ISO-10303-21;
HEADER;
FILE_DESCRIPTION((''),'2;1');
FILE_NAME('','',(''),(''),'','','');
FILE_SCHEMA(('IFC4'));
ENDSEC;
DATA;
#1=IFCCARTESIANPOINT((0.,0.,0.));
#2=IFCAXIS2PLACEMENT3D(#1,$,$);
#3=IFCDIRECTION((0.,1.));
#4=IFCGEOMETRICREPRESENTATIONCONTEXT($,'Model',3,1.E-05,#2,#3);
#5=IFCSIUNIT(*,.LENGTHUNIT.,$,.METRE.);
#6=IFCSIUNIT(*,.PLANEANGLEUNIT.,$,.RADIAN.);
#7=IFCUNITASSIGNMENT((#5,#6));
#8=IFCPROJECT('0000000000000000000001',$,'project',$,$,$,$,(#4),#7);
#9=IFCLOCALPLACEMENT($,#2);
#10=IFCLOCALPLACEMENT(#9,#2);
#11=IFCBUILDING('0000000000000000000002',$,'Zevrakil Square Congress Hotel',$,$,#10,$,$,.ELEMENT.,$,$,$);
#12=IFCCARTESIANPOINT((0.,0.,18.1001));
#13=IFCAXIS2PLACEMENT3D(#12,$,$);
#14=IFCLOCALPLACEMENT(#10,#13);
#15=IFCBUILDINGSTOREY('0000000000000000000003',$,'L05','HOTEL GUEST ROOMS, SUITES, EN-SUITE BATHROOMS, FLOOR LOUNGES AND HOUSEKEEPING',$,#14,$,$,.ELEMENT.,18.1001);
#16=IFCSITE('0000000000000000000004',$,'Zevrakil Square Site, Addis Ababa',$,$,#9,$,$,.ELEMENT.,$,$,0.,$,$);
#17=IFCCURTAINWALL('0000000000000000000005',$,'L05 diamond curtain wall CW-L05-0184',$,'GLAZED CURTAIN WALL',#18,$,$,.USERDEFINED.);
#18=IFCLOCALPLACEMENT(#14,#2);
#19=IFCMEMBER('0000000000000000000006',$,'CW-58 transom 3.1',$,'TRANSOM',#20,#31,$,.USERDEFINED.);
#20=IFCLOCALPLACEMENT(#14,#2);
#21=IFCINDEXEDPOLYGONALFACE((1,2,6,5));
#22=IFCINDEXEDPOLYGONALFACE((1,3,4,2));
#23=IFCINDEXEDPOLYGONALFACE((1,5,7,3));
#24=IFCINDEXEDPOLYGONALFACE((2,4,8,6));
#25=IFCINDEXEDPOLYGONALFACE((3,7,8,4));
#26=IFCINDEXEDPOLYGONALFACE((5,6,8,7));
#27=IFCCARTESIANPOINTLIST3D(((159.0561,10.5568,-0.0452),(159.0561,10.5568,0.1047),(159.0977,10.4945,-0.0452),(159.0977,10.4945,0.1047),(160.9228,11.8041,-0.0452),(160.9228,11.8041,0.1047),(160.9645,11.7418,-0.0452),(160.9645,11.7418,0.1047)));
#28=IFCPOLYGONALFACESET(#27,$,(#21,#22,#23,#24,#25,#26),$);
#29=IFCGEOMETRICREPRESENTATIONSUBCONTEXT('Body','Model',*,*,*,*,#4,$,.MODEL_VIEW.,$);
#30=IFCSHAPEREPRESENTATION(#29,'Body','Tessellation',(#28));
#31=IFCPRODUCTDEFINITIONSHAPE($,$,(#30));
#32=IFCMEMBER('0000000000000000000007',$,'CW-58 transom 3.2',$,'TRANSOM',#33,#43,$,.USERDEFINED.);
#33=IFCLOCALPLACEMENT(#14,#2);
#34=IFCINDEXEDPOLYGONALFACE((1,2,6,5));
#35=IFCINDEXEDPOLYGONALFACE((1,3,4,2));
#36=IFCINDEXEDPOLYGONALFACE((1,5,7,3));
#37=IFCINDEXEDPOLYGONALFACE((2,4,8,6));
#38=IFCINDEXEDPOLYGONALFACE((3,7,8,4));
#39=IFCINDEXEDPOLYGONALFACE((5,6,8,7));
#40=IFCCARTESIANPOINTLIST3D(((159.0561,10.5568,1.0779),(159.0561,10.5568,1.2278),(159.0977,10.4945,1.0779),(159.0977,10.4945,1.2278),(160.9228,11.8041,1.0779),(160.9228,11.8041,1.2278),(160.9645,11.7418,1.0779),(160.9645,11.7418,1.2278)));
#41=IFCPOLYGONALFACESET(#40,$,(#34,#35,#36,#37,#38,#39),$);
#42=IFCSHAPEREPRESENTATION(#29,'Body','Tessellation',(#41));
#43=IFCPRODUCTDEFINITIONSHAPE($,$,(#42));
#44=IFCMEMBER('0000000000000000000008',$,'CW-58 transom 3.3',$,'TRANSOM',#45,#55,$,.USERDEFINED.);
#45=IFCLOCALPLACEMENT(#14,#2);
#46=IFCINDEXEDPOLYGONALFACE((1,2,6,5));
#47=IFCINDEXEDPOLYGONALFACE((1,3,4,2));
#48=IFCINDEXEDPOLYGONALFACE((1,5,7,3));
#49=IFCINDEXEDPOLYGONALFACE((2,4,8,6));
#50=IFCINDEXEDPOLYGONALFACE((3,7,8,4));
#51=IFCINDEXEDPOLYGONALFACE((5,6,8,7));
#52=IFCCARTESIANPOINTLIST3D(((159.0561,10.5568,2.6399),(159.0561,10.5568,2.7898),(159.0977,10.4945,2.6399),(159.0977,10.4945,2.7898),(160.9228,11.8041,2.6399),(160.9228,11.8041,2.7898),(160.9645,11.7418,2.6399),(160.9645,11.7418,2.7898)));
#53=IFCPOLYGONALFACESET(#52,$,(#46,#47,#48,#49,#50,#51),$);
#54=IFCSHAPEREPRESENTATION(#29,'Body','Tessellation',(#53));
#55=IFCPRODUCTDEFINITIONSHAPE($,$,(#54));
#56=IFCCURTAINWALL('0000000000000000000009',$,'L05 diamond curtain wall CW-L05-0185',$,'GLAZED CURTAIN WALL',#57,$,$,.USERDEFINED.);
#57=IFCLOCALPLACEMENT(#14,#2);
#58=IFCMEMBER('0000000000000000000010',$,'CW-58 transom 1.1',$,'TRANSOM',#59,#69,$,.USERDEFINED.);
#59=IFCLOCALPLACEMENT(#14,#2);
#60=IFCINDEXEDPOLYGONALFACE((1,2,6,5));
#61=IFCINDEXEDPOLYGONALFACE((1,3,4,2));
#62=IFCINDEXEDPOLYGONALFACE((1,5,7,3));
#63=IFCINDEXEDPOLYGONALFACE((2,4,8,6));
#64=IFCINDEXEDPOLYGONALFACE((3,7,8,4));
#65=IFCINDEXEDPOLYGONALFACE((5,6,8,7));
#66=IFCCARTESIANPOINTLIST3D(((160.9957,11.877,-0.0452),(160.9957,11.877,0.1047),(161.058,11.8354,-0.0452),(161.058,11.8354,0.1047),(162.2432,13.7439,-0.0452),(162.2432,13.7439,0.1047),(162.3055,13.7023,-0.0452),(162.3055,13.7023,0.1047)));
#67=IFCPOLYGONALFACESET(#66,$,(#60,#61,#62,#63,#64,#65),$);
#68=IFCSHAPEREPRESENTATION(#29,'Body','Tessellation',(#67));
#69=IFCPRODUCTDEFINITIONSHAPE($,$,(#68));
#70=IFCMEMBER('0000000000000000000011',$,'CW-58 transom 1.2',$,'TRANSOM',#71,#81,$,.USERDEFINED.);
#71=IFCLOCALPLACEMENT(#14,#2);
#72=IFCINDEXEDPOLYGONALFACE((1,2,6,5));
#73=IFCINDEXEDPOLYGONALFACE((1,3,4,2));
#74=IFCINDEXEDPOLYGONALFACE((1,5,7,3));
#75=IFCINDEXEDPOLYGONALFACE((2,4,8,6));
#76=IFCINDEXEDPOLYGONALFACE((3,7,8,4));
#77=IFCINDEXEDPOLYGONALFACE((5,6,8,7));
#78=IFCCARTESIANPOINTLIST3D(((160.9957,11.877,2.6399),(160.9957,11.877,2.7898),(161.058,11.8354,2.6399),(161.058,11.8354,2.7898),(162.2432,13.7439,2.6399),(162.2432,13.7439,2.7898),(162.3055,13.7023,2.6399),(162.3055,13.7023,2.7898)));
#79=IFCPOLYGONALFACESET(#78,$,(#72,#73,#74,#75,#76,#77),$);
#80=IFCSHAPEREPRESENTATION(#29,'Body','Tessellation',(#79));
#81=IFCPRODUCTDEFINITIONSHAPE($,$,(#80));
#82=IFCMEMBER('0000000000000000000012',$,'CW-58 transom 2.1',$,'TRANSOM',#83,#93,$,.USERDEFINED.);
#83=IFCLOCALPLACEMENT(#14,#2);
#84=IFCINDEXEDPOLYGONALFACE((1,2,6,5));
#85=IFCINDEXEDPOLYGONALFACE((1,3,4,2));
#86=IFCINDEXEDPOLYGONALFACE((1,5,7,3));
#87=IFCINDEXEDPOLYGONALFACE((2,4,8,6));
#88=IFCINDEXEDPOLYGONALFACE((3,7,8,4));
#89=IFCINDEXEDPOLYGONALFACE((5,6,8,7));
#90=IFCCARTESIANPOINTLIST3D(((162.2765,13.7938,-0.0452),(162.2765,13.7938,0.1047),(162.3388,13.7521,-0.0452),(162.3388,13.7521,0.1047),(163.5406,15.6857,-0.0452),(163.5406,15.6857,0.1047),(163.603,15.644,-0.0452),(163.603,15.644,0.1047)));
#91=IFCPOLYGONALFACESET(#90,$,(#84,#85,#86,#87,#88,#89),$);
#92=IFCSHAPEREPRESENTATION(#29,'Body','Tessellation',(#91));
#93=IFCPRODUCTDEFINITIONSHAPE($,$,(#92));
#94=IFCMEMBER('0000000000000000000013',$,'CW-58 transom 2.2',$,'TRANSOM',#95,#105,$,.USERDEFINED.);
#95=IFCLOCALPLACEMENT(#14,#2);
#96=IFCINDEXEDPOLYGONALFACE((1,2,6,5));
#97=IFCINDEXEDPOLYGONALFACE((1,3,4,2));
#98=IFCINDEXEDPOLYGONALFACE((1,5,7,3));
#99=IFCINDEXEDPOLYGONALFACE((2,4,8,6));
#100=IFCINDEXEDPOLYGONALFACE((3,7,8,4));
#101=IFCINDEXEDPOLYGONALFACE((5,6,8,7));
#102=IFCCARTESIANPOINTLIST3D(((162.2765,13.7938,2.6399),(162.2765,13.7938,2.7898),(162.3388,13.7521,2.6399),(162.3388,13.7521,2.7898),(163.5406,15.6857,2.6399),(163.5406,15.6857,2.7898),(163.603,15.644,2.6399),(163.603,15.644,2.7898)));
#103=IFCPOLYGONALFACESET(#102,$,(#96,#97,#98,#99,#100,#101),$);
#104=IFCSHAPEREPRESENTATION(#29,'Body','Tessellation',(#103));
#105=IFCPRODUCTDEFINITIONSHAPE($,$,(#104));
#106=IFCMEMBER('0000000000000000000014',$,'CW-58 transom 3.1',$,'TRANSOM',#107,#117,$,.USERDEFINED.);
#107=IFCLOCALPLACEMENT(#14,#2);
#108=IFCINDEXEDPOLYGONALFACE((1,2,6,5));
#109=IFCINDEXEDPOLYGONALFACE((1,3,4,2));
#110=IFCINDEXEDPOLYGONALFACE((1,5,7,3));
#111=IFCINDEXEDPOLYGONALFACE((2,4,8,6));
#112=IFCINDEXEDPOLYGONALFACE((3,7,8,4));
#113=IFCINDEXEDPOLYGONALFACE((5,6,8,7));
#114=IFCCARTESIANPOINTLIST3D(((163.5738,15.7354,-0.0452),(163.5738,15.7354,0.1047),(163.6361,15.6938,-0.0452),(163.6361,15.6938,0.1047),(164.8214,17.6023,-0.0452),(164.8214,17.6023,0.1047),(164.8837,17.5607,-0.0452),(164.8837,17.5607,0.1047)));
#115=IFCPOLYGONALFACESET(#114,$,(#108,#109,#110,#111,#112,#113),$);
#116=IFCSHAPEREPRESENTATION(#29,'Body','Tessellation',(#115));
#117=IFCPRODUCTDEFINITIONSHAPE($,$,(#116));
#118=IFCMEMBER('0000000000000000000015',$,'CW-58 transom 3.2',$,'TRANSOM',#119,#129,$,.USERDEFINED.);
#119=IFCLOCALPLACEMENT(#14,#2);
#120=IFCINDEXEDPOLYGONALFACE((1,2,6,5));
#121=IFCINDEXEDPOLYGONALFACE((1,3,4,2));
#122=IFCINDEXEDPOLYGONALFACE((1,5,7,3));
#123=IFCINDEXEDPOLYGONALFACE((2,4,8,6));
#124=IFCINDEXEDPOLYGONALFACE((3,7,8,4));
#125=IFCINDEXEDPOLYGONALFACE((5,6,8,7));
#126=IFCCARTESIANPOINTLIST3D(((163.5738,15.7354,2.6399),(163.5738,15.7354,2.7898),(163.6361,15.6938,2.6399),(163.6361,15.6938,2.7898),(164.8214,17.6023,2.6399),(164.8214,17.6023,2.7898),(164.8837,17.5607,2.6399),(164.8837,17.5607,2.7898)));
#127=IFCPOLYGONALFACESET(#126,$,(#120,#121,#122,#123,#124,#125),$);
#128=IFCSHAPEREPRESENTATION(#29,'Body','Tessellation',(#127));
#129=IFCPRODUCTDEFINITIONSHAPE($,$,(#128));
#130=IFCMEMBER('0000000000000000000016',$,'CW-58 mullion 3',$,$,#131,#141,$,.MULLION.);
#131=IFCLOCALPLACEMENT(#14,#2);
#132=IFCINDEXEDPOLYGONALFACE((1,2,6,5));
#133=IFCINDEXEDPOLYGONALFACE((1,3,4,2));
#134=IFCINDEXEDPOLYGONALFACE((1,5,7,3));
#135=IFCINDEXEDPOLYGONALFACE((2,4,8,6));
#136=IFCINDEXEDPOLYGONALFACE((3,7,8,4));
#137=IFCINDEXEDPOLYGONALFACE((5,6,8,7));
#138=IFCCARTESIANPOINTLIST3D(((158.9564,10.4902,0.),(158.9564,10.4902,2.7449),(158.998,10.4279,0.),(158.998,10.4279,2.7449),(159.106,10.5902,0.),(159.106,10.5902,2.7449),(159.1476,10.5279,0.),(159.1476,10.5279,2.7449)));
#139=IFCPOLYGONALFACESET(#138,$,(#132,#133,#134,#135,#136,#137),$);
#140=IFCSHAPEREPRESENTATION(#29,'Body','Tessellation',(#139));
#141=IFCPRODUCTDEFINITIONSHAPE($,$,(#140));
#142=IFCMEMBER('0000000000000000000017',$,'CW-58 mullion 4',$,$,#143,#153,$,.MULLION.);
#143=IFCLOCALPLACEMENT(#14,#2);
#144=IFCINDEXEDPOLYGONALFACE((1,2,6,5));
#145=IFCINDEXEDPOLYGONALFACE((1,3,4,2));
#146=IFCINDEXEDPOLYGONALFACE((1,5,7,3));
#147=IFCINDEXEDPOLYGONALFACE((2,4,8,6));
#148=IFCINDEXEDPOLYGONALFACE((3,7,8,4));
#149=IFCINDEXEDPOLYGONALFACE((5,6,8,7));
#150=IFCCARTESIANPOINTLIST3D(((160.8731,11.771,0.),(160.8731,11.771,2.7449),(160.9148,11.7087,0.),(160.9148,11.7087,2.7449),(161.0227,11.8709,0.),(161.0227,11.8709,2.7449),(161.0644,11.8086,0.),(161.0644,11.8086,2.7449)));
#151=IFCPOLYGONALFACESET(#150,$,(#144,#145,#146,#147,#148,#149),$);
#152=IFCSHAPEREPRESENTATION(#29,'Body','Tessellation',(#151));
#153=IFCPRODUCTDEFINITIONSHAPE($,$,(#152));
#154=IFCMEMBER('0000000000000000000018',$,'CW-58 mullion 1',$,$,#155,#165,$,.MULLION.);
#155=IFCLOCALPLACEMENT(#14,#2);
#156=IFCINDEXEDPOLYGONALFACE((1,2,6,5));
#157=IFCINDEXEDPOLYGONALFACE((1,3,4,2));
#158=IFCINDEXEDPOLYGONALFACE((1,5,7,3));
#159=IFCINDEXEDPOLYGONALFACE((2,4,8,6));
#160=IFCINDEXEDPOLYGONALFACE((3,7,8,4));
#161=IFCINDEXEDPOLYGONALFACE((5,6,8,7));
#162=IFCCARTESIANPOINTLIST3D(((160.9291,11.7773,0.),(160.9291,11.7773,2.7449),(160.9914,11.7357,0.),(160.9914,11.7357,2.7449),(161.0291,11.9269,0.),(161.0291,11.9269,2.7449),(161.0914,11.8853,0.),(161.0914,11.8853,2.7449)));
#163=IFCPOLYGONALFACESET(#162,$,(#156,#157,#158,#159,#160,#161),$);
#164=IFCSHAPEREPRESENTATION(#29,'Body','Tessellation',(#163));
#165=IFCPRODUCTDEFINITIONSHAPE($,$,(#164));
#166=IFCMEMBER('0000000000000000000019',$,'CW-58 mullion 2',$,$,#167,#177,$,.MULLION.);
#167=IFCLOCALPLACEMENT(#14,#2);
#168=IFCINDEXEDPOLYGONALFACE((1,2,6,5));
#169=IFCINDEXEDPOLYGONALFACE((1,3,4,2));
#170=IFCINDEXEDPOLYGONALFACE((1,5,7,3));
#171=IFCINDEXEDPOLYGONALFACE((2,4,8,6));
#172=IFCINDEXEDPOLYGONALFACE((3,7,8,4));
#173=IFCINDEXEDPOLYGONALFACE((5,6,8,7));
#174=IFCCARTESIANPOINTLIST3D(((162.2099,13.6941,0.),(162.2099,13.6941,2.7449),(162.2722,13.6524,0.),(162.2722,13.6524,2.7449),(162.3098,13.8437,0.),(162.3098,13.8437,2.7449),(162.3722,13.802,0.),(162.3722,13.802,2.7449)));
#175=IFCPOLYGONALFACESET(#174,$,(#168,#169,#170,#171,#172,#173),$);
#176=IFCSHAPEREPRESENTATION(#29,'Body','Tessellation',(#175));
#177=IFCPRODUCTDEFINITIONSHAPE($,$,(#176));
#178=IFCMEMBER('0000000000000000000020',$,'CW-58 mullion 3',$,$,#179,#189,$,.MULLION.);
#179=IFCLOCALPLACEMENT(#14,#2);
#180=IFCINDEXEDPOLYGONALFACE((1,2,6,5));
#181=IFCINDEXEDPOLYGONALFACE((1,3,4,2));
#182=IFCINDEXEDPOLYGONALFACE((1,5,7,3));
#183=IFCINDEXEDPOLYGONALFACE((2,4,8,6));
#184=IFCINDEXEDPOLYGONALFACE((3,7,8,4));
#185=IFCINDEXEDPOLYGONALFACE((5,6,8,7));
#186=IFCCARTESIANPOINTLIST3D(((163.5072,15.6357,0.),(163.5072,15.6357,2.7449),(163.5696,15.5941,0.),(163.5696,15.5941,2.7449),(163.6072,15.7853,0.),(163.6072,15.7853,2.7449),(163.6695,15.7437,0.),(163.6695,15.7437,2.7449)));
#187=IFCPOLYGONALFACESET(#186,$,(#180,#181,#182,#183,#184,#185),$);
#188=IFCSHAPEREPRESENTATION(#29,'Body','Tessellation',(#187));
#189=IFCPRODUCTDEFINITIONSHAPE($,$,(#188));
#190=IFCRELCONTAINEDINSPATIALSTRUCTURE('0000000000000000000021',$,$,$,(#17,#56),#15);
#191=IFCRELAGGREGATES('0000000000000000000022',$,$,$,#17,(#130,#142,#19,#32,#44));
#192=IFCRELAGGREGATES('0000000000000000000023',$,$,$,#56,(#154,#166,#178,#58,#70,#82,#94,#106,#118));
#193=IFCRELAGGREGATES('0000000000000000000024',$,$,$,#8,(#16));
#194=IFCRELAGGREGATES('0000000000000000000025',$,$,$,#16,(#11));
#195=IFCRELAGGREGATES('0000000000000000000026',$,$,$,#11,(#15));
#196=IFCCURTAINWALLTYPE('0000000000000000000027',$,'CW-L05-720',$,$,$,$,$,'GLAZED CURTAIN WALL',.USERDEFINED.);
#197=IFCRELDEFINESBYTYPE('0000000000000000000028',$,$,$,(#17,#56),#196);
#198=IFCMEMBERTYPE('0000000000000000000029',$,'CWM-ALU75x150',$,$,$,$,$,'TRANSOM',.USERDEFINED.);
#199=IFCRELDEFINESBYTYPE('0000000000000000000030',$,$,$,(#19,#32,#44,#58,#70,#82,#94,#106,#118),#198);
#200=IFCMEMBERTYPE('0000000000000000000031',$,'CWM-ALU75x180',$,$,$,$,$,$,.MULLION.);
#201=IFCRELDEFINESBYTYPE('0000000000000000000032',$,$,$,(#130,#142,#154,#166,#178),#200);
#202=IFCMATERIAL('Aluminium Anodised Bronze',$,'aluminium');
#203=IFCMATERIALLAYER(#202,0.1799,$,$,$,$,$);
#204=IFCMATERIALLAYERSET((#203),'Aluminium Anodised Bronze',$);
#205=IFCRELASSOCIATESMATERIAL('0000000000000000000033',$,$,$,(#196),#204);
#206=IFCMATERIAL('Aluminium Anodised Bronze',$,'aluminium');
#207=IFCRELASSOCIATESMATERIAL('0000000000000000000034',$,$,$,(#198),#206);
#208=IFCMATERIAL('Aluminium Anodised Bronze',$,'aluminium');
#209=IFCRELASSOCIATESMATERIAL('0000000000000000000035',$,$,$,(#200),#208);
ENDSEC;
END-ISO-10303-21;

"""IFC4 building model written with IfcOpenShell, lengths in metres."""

from ifc_helpers import new_model, si_unit, direction, frame, origin, origin_2d, place, context, subcontext, project, spatial, rectangle, extrude, material, layer, layer_set, material_profile, profile_set, type_object, element, aggregate, save


model = new_model("IFC4")

# Units and contexts
model_context = context("Model", 3, precision=1e-05, world=origin(), true_north=direction((0.0, 1.0)))
body_context = subcontext(model_context, "Body", "Model", "MODEL_VIEW")
ifc_project = project(units=[si_unit("LENGTHUNIT", "METRE"), si_unit("PLANEANGLEUNIT", "RADIAN")], contexts=[model_context])

# Site, building, storey
site_placement = place(None, origin())
site = spatial("IfcSite", under=ifc_project, at=site_placement, Name="Zevrakil Square Site, Addis Ababa", CompositionType="ELEMENT", RefElevation=0.0)
building_placement = place(site_placement, origin())
building = spatial("IfcBuilding", under=site, at=building_placement, Name="Zevrakil Square Congress Hotel", CompositionType="ELEMENT")
storey_placement = place(building_placement, frame((0.0, 0.0, 18.1001)))
storey = spatial("IfcBuildingStorey", under=building, at=storey_placement, Name="L05", Description="HOTEL GUEST ROOMS, SUITES, EN-SUITE BATHROOMS, FLOOR LOUNGES AND HOUSEKEEPING", CompositionType="ELEMENT", Elevation=18.1001)

# Curtain walls, members
ifc_material_1 = material(Name="Aluminium Anodised Bronze", Category="aluminium")
ifc_layer_1 = layer(ifc_material_1, 0.1799)
ifc_layer_set_1 = layer_set([ifc_layer_1], Name="Aluminium Anodised Bronze")
curtain_wall_type = type_object("IfcCurtainWallType", Name="CW-L05-720", ElementType="GLAZED CURTAIN WALL", PredefinedType="USERDEFINED", material=ifc_layer_set_1)
curtain_wall_1_placement = place(storey_placement, origin())
curtain_wall_1 = element("IfcCurtainWall", 1, at=curtain_wall_1_placement, inside=storey, type_object=curtain_wall_type, Name="L05 diamond curtain wall CW-L05-0184", ObjectType="GLAZED CURTAIN WALL", PredefinedType="USERDEFINED")
ifc_material_2 = material(Name="Aluminium Anodised Bronze", Category="aluminium")
ifc_material_profile_1 = material_profile(ifc_material_2, rectangle(XDim=0.075, YDim=0.1499, at=origin_2d()), Name="ALU 75x150")
ifc_profile_set_1 = profile_set([ifc_material_profile_1], Name="Aluminium Anodised Bronze")
member_type_1 = type_object("IfcMemberType", Name="CWM-ALU75x150", ElementType="TRANSOM", PredefinedType="USERDEFINED", material=ifc_profile_set_1)
member_1_placement = place(storey_placement, frame((159.0769, 10.5256, 0.0298), z_axis=(0.831464, 0.555578, 0.0), x_axis=(-0.555578, 0.831464, 0.0)))
member_1 = element("IfcMember", 2, at=member_1_placement, type_object=member_type_1, Name="CW-58 transom 3.1", ObjectType="TRANSOM", PredefinedType="USERDEFINED", context=body_context, shape_type="SweptSolid", body=[
    extrude(rectangle(XDim=0.075, YDim=0.1499, at=origin_2d()), origin(), (0.0, 0.0, 1.0), 2.2451),
])
member_2_placement = place(storey_placement, frame((159.0769, 10.5256, 1.1528), z_axis=(0.831464, 0.555578, 0.0), x_axis=(-0.555578, 0.831464, 0.0)))
member_2 = element("IfcMember", 3, at=member_2_placement, type_object=member_type_1, Name="CW-58 transom 3.2", ObjectType="TRANSOM", PredefinedType="USERDEFINED", context=body_context, shape_type="SweptSolid", body=[
    extrude(rectangle(XDim=0.075, YDim=0.1499, at=origin_2d()), origin(), (0.0, 0.0, 1.0), 2.2451),
])
member_3_placement = place(storey_placement, frame((159.0769, 10.5256, 2.7148), z_axis=(0.831464, 0.555578, 0.0), x_axis=(-0.555578, 0.831464, 0.0)))
member_3 = element("IfcMember", 4, at=member_3_placement, type_object=member_type_1, Name="CW-58 transom 3.3", ObjectType="TRANSOM", PredefinedType="USERDEFINED", context=body_context, shape_type="SweptSolid", body=[
    extrude(rectangle(XDim=0.075, YDim=0.1499, at=origin_2d()), origin(), (0.0, 0.0, 1.0), 2.2451),
])
curtain_wall_2_placement = place(storey_placement, origin())
curtain_wall_2 = element("IfcCurtainWall", 5, at=curtain_wall_2_placement, inside=storey, type_object=curtain_wall_type, Name="L05 diamond curtain wall CW-L05-0185", ObjectType="GLAZED CURTAIN WALL", PredefinedType="USERDEFINED")
member_4_placement = place(storey_placement, frame((161.0269, 11.8562, 0.0298), z_axis=(0.555603, 0.831448, 0.0), x_axis=(-0.831448, 0.555603, 0.0)))
member_4 = element("IfcMember", 6, at=member_4_placement, type_object=member_type_1, Name="CW-58 transom 1.1", ObjectType="TRANSOM", PredefinedType="USERDEFINED", context=body_context, shape_type="SweptSolid", body=[
    extrude(rectangle(XDim=0.075, YDim=0.1499, at=origin_2d()), origin(), (0.0, 0.0, 1.0), 2.2454),
])
member_5_placement = place(storey_placement, frame((161.0269, 11.8562, 2.7148), z_axis=(0.555603, 0.831448, 0.0), x_axis=(-0.831448, 0.555603, 0.0)))
member_5 = element("IfcMember", 7, at=member_5_placement, type_object=member_type_1, Name="CW-58 transom 1.2", ObjectType="TRANSOM", PredefinedType="USERDEFINED", context=body_context, shape_type="SweptSolid", body=[
    extrude(rectangle(XDim=0.075, YDim=0.1499, at=origin_2d()), origin(), (0.0, 0.0, 1.0), 2.2454),
])
member_6_placement = place(storey_placement, frame((162.3076, 13.7729, 0.0298), z_axis=(0.555591, 0.831456, 0.0), x_axis=(-0.831456, 0.555591, 0.0)))
member_6 = element("IfcMember", 8, at=member_6_placement, type_object=member_type_1, Name="CW-58 transom 2.1", ObjectType="TRANSOM", PredefinedType="USERDEFINED", context=body_context, shape_type="SweptSolid", body=[
    extrude(rectangle(XDim=0.075, YDim=0.1499, at=origin_2d()), origin(), (0.0, 0.0, 1.0), 2.2754),
])
member_7_placement = place(storey_placement, frame((162.3076, 13.7729, 2.7148), z_axis=(0.555591, 0.831456, 0.0), x_axis=(-0.831456, 0.555591, 0.0)))
member_7 = element("IfcMember", 9, at=member_7_placement, type_object=member_type_1, Name="CW-58 transom 2.2", ObjectType="TRANSOM", PredefinedType="USERDEFINED", context=body_context, shape_type="SweptSolid", body=[
    extrude(rectangle(XDim=0.075, YDim=0.1499, at=origin_2d()), origin(), (0.0, 0.0, 1.0), 2.2754),
])
member_8_placement = place(storey_placement, frame((163.605, 15.7146, 0.0298), z_axis=(0.555603, 0.831448, 0.0), x_axis=(-0.831448, 0.555603, 0.0)))
member_8 = element("IfcMember", 10, at=member_8_placement, type_object=member_type_1, Name="CW-58 transom 3.1", ObjectType="TRANSOM", PredefinedType="USERDEFINED", context=body_context, shape_type="SweptSolid", body=[
    extrude(rectangle(XDim=0.075, YDim=0.1499, at=origin_2d()), origin(), (0.0, 0.0, 1.0), 2.2454),
])
member_9_placement = place(storey_placement, frame((163.605, 15.7146, 2.7148), z_axis=(0.555603, 0.831448, 0.0), x_axis=(-0.831448, 0.555603, 0.0)))
member_9 = element("IfcMember", 11, at=member_9_placement, type_object=member_type_1, Name="CW-58 transom 3.2", ObjectType="TRANSOM", PredefinedType="USERDEFINED", context=body_context, shape_type="SweptSolid", body=[
    extrude(rectangle(XDim=0.075, YDim=0.1499, at=origin_2d()), origin(), (0.0, 0.0, 1.0), 2.2454),
])

# Members
ifc_material_3 = material(Name="Aluminium Anodised Bronze", Category="aluminium")
ifc_material_profile_2 = material_profile(ifc_material_3, rectangle(XDim=0.075, YDim=0.1799, at=origin_2d()), Name="ALU 75x180")
ifc_profile_set_2 = profile_set([ifc_material_profile_2], Name="Aluminium Anodised Bronze")
member_type_2 = type_object("IfcMemberType", Name="CWM-ALU75x180", PredefinedType="MULLION", material=ifc_profile_set_2)
member_10_placement = place(storey_placement, frame((159.052, 10.509, 0.0), z_axis=(0.0, 0.0, 1.0), x_axis=(-0.555576, 0.831466, 0.0)))
member_10 = element("IfcMember", 12, at=member_10_placement, type_object=member_type_2, Name="CW-58 mullion 3", PredefinedType="MULLION", context=body_context, shape_type="SweptSolid", body=[
    extrude(rectangle(XDim=0.075, YDim=0.1799, at=origin_2d()), origin(), (0.0, 0.0, 1.0), 2.7449),
])
member_11_placement = place(storey_placement, frame((160.9688, 11.7898, 0.0), z_axis=(0.0, 0.0, 1.0), x_axis=(-0.555576, 0.831466, 0.0)))
member_11 = element("IfcMember", 13, at=member_11_placement, type_object=member_type_2, Name="CW-58 mullion 4", PredefinedType="MULLION", context=body_context, shape_type="SweptSolid", body=[
    extrude(rectangle(XDim=0.075, YDim=0.1799, at=origin_2d()), origin(), (0.0, 0.0, 1.0), 2.7449),
])
member_12_placement = place(storey_placement, frame((161.0103, 11.8313, 0.0), z_axis=(0.0, 0.0, 1.0), x_axis=(-0.831466, 0.555576, 0.0)))
member_12 = element("IfcMember", 14, at=member_12_placement, type_object=member_type_2, Name="CW-58 mullion 1", PredefinedType="MULLION", context=body_context, shape_type="SweptSolid", body=[
    extrude(rectangle(XDim=0.075, YDim=0.1799, at=origin_2d()), origin(), (0.0, 0.0, 1.0), 2.7449),
])
member_13_placement = place(storey_placement, frame((162.291, 13.748, 0.0), z_axis=(0.0, 0.0, 1.0), x_axis=(-0.831466, 0.555576, 0.0)))
member_13 = element("IfcMember", 15, at=member_13_placement, type_object=member_type_2, Name="CW-58 mullion 2", PredefinedType="MULLION", context=body_context, shape_type="SweptSolid", body=[
    extrude(rectangle(XDim=0.075, YDim=0.1799, at=origin_2d()), origin(), (0.0, 0.0, 1.0), 2.7449),
])
member_14_placement = place(storey_placement, frame((163.5884, 15.6897, 0.0), z_axis=(0.0, 0.0, 1.0), x_axis=(-0.831466, 0.555576, 0.0)))
member_14 = element("IfcMember", 16, at=member_14_placement, type_object=member_type_2, Name="CW-58 mullion 3", PredefinedType="MULLION", context=body_context, shape_type="SweptSolid", body=[
    extrude(rectangle(XDim=0.075, YDim=0.1799, at=origin_2d()), origin(), (0.0, 0.0, 1.0), 2.7449),
])

aggregate(curtain_wall_1, [member_10, member_11, member_1, member_2, member_3])
aggregate(curtain_wall_2, [member_12, member_13, member_14, member_4, member_5, member_6, member_7, member_8, member_9])

save(model, "model.ifc")
